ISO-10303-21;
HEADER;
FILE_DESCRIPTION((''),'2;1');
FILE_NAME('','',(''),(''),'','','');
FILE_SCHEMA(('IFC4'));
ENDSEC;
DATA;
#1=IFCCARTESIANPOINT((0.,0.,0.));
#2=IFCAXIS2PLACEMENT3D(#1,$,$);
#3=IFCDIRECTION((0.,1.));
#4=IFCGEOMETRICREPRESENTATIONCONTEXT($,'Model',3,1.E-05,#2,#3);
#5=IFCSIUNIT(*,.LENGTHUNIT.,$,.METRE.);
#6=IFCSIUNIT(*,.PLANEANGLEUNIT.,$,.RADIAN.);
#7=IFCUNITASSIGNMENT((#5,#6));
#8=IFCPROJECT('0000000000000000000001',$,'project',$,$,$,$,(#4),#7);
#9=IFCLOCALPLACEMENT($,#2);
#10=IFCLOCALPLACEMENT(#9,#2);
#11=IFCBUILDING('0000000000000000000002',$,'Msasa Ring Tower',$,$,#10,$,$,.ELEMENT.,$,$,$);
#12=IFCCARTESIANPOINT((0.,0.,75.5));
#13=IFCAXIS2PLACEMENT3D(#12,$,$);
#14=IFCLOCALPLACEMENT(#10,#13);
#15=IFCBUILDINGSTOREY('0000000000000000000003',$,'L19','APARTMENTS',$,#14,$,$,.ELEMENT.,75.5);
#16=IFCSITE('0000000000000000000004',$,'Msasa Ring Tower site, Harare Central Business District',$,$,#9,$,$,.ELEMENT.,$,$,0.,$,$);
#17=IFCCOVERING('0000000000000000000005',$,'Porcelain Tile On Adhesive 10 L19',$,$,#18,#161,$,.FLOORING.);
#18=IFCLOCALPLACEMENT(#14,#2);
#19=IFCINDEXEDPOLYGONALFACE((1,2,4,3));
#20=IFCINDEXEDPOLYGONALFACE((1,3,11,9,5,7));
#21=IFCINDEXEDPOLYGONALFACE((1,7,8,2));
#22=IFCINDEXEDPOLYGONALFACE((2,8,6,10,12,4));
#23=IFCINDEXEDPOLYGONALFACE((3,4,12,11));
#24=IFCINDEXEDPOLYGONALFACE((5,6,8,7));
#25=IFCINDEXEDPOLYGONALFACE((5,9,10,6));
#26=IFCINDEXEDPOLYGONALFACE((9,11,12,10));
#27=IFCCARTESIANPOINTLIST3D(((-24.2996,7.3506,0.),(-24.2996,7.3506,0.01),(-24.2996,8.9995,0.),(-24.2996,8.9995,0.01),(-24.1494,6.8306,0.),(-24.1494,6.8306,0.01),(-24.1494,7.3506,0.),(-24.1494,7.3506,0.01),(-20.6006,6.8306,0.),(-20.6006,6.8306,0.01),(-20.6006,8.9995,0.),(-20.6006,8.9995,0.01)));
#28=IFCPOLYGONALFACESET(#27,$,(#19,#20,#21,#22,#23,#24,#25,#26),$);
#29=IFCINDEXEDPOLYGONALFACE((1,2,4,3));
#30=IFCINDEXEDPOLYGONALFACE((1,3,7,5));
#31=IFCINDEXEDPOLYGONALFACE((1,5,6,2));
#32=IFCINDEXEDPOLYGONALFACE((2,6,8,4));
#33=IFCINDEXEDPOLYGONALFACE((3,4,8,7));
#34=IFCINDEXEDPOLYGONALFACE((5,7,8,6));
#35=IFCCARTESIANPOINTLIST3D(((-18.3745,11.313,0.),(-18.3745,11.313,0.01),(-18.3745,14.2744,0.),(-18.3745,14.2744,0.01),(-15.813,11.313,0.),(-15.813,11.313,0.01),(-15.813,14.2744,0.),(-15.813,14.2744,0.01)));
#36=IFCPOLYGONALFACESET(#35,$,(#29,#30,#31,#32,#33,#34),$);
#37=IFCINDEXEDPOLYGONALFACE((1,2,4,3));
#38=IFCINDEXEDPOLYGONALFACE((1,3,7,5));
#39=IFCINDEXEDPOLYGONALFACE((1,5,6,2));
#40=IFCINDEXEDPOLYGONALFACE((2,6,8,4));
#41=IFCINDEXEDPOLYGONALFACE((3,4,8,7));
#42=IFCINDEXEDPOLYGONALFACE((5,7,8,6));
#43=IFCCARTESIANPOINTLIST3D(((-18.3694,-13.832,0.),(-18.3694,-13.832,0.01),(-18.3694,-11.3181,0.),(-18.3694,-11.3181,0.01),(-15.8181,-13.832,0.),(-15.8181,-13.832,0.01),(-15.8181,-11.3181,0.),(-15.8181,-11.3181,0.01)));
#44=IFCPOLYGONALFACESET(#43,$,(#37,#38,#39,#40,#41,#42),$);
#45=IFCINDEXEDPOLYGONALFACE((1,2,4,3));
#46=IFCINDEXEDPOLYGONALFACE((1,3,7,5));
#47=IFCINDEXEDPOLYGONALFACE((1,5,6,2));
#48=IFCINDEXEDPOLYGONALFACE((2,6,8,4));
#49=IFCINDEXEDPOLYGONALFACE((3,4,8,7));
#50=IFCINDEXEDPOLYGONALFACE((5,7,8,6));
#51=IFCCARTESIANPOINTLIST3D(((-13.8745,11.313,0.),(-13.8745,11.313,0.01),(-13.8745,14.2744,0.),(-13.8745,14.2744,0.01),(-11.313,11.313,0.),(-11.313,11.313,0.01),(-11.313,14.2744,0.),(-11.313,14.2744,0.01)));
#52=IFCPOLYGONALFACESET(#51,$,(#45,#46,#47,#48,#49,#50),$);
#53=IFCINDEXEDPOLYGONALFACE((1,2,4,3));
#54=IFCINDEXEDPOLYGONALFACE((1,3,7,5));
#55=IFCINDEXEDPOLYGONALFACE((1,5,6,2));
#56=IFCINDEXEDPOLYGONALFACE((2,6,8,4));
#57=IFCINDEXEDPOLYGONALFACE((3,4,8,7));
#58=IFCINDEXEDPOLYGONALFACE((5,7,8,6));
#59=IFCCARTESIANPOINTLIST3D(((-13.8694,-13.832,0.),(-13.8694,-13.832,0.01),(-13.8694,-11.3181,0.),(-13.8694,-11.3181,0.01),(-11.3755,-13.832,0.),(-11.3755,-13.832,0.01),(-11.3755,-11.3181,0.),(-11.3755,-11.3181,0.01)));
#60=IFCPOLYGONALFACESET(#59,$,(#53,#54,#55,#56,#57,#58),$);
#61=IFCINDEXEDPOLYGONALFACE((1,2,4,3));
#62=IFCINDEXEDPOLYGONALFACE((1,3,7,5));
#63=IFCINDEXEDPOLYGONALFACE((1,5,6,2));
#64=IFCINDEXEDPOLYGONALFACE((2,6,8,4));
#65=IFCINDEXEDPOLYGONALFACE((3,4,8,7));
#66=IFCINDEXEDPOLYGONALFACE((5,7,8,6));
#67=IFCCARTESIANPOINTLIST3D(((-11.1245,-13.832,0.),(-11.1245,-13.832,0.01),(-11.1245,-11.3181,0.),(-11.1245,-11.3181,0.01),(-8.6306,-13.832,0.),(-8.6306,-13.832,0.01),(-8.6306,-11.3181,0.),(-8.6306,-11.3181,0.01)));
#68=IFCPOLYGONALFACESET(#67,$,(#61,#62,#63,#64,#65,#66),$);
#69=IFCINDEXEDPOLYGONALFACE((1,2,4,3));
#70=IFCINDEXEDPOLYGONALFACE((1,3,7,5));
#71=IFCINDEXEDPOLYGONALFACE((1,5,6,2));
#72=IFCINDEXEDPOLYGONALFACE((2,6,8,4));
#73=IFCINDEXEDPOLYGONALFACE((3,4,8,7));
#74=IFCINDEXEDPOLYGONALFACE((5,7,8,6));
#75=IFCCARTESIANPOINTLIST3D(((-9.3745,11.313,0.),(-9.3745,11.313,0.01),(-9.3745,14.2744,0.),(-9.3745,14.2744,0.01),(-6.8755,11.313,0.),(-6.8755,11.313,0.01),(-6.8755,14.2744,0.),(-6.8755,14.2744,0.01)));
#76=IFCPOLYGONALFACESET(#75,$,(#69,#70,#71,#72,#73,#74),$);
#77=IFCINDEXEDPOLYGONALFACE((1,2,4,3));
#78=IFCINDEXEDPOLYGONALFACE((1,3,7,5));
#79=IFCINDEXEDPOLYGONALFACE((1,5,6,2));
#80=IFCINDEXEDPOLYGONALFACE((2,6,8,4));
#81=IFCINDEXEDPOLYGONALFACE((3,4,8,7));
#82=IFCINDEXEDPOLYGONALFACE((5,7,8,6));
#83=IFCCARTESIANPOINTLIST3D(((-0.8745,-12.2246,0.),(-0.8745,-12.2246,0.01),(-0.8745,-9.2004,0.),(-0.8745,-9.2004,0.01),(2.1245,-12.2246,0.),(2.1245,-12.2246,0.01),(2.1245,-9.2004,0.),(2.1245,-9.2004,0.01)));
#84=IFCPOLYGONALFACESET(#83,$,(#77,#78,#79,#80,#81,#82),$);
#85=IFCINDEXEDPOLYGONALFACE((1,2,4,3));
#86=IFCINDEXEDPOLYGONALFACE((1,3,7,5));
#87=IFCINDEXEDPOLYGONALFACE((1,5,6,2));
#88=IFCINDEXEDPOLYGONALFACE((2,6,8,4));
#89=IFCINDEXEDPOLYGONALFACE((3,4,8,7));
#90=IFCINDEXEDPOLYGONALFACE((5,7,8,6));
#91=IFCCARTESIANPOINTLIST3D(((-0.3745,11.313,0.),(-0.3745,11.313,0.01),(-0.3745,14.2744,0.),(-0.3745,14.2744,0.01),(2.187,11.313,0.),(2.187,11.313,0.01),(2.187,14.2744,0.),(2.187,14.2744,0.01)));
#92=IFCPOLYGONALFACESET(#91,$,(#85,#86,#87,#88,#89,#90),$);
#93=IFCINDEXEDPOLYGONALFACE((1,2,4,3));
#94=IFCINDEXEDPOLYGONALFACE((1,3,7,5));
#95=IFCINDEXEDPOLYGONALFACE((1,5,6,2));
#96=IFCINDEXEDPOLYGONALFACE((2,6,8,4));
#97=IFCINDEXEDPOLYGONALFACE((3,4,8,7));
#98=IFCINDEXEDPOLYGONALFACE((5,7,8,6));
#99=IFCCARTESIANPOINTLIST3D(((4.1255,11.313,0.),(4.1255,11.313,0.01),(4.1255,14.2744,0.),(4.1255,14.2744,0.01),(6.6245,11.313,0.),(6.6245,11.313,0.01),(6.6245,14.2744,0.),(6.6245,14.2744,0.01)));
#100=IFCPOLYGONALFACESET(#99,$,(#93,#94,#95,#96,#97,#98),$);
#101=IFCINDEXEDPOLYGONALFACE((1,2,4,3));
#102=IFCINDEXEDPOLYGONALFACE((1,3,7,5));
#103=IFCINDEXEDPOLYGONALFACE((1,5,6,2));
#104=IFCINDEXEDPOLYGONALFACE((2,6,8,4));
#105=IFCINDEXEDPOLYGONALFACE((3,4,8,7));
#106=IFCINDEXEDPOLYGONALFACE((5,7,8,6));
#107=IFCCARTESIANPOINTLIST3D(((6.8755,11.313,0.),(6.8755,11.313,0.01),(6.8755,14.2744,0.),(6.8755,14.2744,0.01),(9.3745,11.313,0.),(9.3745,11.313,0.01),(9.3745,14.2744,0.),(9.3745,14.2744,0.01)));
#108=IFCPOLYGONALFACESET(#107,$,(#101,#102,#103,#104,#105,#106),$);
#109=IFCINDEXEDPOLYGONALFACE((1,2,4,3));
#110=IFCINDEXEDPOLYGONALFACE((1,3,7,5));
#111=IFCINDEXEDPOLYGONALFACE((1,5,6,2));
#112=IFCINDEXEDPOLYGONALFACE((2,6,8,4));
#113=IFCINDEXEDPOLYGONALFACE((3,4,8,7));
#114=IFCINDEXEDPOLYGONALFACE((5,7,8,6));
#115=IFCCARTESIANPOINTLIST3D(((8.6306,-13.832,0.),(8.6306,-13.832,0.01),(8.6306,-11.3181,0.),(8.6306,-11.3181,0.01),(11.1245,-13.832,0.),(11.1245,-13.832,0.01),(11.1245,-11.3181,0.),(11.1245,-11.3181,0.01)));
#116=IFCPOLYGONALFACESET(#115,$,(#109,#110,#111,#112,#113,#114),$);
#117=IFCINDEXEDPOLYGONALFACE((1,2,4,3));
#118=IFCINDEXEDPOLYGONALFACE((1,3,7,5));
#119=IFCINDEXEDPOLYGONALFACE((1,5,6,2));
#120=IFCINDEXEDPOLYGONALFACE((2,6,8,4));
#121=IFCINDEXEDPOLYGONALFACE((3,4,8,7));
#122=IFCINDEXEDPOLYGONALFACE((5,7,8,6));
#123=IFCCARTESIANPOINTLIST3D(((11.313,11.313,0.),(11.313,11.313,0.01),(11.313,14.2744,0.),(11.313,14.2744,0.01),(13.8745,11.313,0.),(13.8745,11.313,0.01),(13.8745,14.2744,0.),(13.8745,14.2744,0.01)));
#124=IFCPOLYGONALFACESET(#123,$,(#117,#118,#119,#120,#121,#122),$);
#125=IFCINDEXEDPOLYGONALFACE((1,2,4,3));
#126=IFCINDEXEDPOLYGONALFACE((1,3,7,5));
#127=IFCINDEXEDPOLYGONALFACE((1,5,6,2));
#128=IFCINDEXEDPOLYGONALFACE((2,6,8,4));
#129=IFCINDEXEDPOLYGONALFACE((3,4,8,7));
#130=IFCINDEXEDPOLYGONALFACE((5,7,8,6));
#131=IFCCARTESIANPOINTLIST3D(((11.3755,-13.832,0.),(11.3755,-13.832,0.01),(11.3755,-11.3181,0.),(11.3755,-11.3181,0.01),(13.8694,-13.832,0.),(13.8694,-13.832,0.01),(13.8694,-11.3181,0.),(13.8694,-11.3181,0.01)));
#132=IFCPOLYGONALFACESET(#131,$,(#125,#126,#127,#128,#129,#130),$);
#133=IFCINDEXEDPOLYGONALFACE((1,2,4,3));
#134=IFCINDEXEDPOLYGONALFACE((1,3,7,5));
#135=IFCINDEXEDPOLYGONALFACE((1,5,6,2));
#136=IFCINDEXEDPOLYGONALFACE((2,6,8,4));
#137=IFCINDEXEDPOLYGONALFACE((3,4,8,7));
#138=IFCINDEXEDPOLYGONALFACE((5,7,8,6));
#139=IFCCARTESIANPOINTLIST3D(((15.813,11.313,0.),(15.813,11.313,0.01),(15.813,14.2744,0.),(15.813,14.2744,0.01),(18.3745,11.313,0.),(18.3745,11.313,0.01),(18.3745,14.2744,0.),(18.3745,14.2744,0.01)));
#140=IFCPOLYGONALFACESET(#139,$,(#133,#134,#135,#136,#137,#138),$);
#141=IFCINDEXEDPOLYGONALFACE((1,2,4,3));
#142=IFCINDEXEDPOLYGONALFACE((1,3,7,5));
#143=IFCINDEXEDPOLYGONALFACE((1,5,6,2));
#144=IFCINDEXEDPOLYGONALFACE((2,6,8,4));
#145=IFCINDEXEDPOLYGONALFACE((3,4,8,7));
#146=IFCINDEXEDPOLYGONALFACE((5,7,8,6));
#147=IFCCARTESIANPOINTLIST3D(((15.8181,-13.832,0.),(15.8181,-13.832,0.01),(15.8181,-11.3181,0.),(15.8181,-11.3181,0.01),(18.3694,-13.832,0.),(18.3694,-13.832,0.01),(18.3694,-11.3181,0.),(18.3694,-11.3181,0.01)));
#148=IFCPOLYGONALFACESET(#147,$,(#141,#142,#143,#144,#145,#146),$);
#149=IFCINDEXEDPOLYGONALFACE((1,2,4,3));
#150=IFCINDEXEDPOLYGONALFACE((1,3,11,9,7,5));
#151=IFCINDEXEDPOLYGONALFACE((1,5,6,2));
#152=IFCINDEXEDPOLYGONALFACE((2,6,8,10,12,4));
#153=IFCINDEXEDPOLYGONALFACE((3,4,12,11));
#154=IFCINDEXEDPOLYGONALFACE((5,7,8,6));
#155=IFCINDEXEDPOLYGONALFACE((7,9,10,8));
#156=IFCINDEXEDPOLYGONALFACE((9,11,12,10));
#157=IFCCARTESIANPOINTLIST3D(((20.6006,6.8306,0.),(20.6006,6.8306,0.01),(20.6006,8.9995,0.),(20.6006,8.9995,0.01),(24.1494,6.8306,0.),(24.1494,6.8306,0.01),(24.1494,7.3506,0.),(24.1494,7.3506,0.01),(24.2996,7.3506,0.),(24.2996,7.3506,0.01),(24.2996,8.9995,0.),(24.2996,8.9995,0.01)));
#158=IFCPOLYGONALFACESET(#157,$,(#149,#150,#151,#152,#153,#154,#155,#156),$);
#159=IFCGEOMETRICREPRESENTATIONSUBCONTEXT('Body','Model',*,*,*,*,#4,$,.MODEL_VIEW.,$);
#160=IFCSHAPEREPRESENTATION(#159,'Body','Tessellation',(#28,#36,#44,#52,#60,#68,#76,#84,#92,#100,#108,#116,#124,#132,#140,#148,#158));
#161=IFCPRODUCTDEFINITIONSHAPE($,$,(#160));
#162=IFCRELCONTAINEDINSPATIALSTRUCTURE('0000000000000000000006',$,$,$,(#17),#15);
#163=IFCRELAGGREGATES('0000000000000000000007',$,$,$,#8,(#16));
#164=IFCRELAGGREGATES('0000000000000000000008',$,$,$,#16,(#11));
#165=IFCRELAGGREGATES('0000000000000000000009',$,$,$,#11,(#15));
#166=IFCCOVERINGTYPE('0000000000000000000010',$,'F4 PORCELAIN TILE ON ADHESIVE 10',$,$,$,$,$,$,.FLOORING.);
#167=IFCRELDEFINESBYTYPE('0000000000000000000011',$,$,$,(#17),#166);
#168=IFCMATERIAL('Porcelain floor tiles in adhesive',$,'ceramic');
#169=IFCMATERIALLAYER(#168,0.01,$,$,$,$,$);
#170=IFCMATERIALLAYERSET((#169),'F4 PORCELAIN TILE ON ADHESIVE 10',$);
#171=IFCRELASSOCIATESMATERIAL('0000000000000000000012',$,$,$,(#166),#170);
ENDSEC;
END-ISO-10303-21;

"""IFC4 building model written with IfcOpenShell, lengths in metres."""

from ifc_helpers import new_model, si_unit, direction, frame, origin, place, context, subcontext, project, spatial, line, indexed_curve, outline, extrude, material, layer, layer_set, type_object, element, save


model = new_model("IFC4")

# Units and contexts
model_context = context("Model", 3, precision=1e-05, world=origin(), true_north=direction((0.0, 1.0)))
body_context = subcontext(model_context, "Body", "Model", "MODEL_VIEW")
ifc_project = project(units=[si_unit("LENGTHUNIT", "METRE"), si_unit("PLANEANGLEUNIT", "RADIAN")], contexts=[model_context])

# Site, building, storey
site_placement = place(None, origin())
site = spatial("IfcSite", under=ifc_project, at=site_placement, Name="Msasa Ring Tower site, Harare Central Business District", CompositionType="ELEMENT", RefElevation=0.0)
building_placement = place(site_placement, origin())
building = spatial("IfcBuilding", under=site, at=building_placement, Name="Msasa Ring Tower", CompositionType="ELEMENT")
storey_placement = place(building_placement, frame((0.0, 0.0, 75.5)))
storey = spatial("IfcBuildingStorey", under=building, at=storey_placement, Name="L19", Description="APARTMENTS", CompositionType="ELEMENT", Elevation=75.5)

# Covering
ifc_material_1 = material(Name="Porcelain floor tiles in adhesive", Category="ceramic")
ifc_layer_1 = layer(ifc_material_1, 0.01)
ifc_layer_set_1 = layer_set([ifc_layer_1], Name="F4 PORCELAIN TILE ON ADHESIVE 10")
covering_type_1 = type_object("IfcCoveringType", Name="F4 PORCELAIN TILE ON ADHESIVE 10", PredefinedType="FLOORING", material=ifc_layer_set_1)
covering_1_placement = place(storey_placement, origin())
element("IfcCovering", 1, at=covering_1_placement, inside=storey, type_object=covering_type_1, Name="Porcelain Tile On Adhesive 10 L19", PredefinedType="FLOORING", context=body_context, shape_type="SweptSolid", body=[
    extrude(outline(indexed_curve([(-24.1494, 6.8306), (-24.1494, 7.3506), (-24.2996, 7.3506), (-24.2996, 8.9995), (-20.6006, 8.9995), (-20.6006, 6.8306)], segments=[line(1, 2, 3, 4, 5, 6, 1)], self_intersect=False)), origin(), (0.0, 0.0, 1.0), 0.01),
    extrude(outline(indexed_curve([(-18.3745, 11.313), (-18.3745, 14.2744), (-15.813, 14.2744), (-15.813, 11.313)], segments=[line(1, 2, 3, 4, 1)], self_intersect=False)), origin(), (0.0, 0.0, 1.0), 0.01),
    extrude(outline(indexed_curve([(-15.8181, -11.3181), (-15.8181, -13.832), (-18.3694, -13.832), (-18.3694, -11.3181)], segments=[line(1, 2, 3, 4, 1)], self_intersect=False)), origin(), (0.0, 0.0, 1.0), 0.01),
    extrude(outline(indexed_curve([(-13.8745, 11.313), (-13.8745, 14.2744), (-11.313, 14.2744), (-11.313, 11.313)], segments=[line(1, 2, 3, 4, 1)], self_intersect=False)), origin(), (0.0, 0.0, 1.0), 0.01),
    extrude(outline(indexed_curve([(-11.3755, -11.3181), (-11.3755, -13.832), (-13.8694, -13.832), (-13.8694, -11.3181)], segments=[line(1, 2, 3, 4, 1)], self_intersect=False)), origin(), (0.0, 0.0, 1.0), 0.01),
    extrude(outline(indexed_curve([(-8.6306, -11.3181), (-8.6306, -13.832), (-11.1245, -13.832), (-11.1245, -11.3181)], segments=[line(1, 2, 3, 4, 1)], self_intersect=False)), origin(), (0.0, 0.0, 1.0), 0.01),
    extrude(outline(indexed_curve([(-9.3745, 11.313), (-9.3745, 14.2744), (-6.8755, 14.2744), (-6.8755, 11.313)], segments=[line(1, 2, 3, 4, 1)], self_intersect=False)), origin(), (0.0, 0.0, 1.0), 0.01),
    extrude(outline(indexed_curve([(2.1245, -9.2004), (2.1245, -12.2246), (-0.8745, -12.2246), (-0.8745, -9.2004)], segments=[line(1, 2, 3, 4, 1)], self_intersect=False)), origin(), (0.0, 0.0, 1.0), 0.01),
    extrude(outline(indexed_curve([(-0.3745, 11.313), (-0.3745, 14.2744), (2.187, 14.2744), (2.187, 11.313)], segments=[line(1, 2, 3, 4, 1)], self_intersect=False)), origin(), (0.0, 0.0, 1.0), 0.01),
    extrude(outline(indexed_curve([(4.1255, 11.313), (4.1255, 14.2744), (6.6245, 14.2744), (6.6245, 11.313)], segments=[line(1, 2, 3, 4, 1)], self_intersect=False)), origin(), (0.0, 0.0, 1.0), 0.01),
    extrude(outline(indexed_curve([(6.8755, 11.313), (6.8755, 14.2744), (9.3745, 14.2744), (9.3745, 11.313)], segments=[line(1, 2, 3, 4, 1)], self_intersect=False)), origin(), (0.0, 0.0, 1.0), 0.01),
    extrude(outline(indexed_curve([(11.1245, -11.3181), (11.1245, -13.832), (8.6306, -13.832), (8.6306, -11.3181)], segments=[line(1, 2, 3, 4, 1)], self_intersect=False)), origin(), (0.0, 0.0, 1.0), 0.01),
    extrude(outline(indexed_curve([(11.313, 11.313), (11.313, 14.2744), (13.8745, 14.2744), (13.8745, 11.313)], segments=[line(1, 2, 3, 4, 1)], self_intersect=False)), origin(), (0.0, 0.0, 1.0), 0.01),
    extrude(outline(indexed_curve([(13.8694, -11.3181), (13.8694, -13.832), (11.3755, -13.832), (11.3755, -11.3181)], segments=[line(1, 2, 3, 4, 1)], self_intersect=False)), origin(), (0.0, 0.0, 1.0), 0.01),
    extrude(outline(indexed_curve([(15.813, 11.313), (15.813, 14.2744), (18.3745, 14.2744), (18.3745, 11.313)], segments=[line(1, 2, 3, 4, 1)], self_intersect=False)), origin(), (0.0, 0.0, 1.0), 0.01),
    extrude(outline(indexed_curve([(18.3694, -11.3181), (18.3694, -13.832), (15.8181, -13.832), (15.8181, -11.3181)], segments=[line(1, 2, 3, 4, 1)], self_intersect=False)), origin(), (0.0, 0.0, 1.0), 0.01),
    extrude(outline(indexed_curve([(20.6006, 8.9995), (24.2996, 8.9995), (24.2996, 7.3506), (24.1494, 7.3506), (24.1494, 6.8306), (20.6006, 6.8306)], segments=[line(1, 2, 3, 4, 5, 6, 1)], self_intersect=False)), origin(), (0.0, 0.0, 1.0), 0.01),
])

save(model, "model.ifc")
